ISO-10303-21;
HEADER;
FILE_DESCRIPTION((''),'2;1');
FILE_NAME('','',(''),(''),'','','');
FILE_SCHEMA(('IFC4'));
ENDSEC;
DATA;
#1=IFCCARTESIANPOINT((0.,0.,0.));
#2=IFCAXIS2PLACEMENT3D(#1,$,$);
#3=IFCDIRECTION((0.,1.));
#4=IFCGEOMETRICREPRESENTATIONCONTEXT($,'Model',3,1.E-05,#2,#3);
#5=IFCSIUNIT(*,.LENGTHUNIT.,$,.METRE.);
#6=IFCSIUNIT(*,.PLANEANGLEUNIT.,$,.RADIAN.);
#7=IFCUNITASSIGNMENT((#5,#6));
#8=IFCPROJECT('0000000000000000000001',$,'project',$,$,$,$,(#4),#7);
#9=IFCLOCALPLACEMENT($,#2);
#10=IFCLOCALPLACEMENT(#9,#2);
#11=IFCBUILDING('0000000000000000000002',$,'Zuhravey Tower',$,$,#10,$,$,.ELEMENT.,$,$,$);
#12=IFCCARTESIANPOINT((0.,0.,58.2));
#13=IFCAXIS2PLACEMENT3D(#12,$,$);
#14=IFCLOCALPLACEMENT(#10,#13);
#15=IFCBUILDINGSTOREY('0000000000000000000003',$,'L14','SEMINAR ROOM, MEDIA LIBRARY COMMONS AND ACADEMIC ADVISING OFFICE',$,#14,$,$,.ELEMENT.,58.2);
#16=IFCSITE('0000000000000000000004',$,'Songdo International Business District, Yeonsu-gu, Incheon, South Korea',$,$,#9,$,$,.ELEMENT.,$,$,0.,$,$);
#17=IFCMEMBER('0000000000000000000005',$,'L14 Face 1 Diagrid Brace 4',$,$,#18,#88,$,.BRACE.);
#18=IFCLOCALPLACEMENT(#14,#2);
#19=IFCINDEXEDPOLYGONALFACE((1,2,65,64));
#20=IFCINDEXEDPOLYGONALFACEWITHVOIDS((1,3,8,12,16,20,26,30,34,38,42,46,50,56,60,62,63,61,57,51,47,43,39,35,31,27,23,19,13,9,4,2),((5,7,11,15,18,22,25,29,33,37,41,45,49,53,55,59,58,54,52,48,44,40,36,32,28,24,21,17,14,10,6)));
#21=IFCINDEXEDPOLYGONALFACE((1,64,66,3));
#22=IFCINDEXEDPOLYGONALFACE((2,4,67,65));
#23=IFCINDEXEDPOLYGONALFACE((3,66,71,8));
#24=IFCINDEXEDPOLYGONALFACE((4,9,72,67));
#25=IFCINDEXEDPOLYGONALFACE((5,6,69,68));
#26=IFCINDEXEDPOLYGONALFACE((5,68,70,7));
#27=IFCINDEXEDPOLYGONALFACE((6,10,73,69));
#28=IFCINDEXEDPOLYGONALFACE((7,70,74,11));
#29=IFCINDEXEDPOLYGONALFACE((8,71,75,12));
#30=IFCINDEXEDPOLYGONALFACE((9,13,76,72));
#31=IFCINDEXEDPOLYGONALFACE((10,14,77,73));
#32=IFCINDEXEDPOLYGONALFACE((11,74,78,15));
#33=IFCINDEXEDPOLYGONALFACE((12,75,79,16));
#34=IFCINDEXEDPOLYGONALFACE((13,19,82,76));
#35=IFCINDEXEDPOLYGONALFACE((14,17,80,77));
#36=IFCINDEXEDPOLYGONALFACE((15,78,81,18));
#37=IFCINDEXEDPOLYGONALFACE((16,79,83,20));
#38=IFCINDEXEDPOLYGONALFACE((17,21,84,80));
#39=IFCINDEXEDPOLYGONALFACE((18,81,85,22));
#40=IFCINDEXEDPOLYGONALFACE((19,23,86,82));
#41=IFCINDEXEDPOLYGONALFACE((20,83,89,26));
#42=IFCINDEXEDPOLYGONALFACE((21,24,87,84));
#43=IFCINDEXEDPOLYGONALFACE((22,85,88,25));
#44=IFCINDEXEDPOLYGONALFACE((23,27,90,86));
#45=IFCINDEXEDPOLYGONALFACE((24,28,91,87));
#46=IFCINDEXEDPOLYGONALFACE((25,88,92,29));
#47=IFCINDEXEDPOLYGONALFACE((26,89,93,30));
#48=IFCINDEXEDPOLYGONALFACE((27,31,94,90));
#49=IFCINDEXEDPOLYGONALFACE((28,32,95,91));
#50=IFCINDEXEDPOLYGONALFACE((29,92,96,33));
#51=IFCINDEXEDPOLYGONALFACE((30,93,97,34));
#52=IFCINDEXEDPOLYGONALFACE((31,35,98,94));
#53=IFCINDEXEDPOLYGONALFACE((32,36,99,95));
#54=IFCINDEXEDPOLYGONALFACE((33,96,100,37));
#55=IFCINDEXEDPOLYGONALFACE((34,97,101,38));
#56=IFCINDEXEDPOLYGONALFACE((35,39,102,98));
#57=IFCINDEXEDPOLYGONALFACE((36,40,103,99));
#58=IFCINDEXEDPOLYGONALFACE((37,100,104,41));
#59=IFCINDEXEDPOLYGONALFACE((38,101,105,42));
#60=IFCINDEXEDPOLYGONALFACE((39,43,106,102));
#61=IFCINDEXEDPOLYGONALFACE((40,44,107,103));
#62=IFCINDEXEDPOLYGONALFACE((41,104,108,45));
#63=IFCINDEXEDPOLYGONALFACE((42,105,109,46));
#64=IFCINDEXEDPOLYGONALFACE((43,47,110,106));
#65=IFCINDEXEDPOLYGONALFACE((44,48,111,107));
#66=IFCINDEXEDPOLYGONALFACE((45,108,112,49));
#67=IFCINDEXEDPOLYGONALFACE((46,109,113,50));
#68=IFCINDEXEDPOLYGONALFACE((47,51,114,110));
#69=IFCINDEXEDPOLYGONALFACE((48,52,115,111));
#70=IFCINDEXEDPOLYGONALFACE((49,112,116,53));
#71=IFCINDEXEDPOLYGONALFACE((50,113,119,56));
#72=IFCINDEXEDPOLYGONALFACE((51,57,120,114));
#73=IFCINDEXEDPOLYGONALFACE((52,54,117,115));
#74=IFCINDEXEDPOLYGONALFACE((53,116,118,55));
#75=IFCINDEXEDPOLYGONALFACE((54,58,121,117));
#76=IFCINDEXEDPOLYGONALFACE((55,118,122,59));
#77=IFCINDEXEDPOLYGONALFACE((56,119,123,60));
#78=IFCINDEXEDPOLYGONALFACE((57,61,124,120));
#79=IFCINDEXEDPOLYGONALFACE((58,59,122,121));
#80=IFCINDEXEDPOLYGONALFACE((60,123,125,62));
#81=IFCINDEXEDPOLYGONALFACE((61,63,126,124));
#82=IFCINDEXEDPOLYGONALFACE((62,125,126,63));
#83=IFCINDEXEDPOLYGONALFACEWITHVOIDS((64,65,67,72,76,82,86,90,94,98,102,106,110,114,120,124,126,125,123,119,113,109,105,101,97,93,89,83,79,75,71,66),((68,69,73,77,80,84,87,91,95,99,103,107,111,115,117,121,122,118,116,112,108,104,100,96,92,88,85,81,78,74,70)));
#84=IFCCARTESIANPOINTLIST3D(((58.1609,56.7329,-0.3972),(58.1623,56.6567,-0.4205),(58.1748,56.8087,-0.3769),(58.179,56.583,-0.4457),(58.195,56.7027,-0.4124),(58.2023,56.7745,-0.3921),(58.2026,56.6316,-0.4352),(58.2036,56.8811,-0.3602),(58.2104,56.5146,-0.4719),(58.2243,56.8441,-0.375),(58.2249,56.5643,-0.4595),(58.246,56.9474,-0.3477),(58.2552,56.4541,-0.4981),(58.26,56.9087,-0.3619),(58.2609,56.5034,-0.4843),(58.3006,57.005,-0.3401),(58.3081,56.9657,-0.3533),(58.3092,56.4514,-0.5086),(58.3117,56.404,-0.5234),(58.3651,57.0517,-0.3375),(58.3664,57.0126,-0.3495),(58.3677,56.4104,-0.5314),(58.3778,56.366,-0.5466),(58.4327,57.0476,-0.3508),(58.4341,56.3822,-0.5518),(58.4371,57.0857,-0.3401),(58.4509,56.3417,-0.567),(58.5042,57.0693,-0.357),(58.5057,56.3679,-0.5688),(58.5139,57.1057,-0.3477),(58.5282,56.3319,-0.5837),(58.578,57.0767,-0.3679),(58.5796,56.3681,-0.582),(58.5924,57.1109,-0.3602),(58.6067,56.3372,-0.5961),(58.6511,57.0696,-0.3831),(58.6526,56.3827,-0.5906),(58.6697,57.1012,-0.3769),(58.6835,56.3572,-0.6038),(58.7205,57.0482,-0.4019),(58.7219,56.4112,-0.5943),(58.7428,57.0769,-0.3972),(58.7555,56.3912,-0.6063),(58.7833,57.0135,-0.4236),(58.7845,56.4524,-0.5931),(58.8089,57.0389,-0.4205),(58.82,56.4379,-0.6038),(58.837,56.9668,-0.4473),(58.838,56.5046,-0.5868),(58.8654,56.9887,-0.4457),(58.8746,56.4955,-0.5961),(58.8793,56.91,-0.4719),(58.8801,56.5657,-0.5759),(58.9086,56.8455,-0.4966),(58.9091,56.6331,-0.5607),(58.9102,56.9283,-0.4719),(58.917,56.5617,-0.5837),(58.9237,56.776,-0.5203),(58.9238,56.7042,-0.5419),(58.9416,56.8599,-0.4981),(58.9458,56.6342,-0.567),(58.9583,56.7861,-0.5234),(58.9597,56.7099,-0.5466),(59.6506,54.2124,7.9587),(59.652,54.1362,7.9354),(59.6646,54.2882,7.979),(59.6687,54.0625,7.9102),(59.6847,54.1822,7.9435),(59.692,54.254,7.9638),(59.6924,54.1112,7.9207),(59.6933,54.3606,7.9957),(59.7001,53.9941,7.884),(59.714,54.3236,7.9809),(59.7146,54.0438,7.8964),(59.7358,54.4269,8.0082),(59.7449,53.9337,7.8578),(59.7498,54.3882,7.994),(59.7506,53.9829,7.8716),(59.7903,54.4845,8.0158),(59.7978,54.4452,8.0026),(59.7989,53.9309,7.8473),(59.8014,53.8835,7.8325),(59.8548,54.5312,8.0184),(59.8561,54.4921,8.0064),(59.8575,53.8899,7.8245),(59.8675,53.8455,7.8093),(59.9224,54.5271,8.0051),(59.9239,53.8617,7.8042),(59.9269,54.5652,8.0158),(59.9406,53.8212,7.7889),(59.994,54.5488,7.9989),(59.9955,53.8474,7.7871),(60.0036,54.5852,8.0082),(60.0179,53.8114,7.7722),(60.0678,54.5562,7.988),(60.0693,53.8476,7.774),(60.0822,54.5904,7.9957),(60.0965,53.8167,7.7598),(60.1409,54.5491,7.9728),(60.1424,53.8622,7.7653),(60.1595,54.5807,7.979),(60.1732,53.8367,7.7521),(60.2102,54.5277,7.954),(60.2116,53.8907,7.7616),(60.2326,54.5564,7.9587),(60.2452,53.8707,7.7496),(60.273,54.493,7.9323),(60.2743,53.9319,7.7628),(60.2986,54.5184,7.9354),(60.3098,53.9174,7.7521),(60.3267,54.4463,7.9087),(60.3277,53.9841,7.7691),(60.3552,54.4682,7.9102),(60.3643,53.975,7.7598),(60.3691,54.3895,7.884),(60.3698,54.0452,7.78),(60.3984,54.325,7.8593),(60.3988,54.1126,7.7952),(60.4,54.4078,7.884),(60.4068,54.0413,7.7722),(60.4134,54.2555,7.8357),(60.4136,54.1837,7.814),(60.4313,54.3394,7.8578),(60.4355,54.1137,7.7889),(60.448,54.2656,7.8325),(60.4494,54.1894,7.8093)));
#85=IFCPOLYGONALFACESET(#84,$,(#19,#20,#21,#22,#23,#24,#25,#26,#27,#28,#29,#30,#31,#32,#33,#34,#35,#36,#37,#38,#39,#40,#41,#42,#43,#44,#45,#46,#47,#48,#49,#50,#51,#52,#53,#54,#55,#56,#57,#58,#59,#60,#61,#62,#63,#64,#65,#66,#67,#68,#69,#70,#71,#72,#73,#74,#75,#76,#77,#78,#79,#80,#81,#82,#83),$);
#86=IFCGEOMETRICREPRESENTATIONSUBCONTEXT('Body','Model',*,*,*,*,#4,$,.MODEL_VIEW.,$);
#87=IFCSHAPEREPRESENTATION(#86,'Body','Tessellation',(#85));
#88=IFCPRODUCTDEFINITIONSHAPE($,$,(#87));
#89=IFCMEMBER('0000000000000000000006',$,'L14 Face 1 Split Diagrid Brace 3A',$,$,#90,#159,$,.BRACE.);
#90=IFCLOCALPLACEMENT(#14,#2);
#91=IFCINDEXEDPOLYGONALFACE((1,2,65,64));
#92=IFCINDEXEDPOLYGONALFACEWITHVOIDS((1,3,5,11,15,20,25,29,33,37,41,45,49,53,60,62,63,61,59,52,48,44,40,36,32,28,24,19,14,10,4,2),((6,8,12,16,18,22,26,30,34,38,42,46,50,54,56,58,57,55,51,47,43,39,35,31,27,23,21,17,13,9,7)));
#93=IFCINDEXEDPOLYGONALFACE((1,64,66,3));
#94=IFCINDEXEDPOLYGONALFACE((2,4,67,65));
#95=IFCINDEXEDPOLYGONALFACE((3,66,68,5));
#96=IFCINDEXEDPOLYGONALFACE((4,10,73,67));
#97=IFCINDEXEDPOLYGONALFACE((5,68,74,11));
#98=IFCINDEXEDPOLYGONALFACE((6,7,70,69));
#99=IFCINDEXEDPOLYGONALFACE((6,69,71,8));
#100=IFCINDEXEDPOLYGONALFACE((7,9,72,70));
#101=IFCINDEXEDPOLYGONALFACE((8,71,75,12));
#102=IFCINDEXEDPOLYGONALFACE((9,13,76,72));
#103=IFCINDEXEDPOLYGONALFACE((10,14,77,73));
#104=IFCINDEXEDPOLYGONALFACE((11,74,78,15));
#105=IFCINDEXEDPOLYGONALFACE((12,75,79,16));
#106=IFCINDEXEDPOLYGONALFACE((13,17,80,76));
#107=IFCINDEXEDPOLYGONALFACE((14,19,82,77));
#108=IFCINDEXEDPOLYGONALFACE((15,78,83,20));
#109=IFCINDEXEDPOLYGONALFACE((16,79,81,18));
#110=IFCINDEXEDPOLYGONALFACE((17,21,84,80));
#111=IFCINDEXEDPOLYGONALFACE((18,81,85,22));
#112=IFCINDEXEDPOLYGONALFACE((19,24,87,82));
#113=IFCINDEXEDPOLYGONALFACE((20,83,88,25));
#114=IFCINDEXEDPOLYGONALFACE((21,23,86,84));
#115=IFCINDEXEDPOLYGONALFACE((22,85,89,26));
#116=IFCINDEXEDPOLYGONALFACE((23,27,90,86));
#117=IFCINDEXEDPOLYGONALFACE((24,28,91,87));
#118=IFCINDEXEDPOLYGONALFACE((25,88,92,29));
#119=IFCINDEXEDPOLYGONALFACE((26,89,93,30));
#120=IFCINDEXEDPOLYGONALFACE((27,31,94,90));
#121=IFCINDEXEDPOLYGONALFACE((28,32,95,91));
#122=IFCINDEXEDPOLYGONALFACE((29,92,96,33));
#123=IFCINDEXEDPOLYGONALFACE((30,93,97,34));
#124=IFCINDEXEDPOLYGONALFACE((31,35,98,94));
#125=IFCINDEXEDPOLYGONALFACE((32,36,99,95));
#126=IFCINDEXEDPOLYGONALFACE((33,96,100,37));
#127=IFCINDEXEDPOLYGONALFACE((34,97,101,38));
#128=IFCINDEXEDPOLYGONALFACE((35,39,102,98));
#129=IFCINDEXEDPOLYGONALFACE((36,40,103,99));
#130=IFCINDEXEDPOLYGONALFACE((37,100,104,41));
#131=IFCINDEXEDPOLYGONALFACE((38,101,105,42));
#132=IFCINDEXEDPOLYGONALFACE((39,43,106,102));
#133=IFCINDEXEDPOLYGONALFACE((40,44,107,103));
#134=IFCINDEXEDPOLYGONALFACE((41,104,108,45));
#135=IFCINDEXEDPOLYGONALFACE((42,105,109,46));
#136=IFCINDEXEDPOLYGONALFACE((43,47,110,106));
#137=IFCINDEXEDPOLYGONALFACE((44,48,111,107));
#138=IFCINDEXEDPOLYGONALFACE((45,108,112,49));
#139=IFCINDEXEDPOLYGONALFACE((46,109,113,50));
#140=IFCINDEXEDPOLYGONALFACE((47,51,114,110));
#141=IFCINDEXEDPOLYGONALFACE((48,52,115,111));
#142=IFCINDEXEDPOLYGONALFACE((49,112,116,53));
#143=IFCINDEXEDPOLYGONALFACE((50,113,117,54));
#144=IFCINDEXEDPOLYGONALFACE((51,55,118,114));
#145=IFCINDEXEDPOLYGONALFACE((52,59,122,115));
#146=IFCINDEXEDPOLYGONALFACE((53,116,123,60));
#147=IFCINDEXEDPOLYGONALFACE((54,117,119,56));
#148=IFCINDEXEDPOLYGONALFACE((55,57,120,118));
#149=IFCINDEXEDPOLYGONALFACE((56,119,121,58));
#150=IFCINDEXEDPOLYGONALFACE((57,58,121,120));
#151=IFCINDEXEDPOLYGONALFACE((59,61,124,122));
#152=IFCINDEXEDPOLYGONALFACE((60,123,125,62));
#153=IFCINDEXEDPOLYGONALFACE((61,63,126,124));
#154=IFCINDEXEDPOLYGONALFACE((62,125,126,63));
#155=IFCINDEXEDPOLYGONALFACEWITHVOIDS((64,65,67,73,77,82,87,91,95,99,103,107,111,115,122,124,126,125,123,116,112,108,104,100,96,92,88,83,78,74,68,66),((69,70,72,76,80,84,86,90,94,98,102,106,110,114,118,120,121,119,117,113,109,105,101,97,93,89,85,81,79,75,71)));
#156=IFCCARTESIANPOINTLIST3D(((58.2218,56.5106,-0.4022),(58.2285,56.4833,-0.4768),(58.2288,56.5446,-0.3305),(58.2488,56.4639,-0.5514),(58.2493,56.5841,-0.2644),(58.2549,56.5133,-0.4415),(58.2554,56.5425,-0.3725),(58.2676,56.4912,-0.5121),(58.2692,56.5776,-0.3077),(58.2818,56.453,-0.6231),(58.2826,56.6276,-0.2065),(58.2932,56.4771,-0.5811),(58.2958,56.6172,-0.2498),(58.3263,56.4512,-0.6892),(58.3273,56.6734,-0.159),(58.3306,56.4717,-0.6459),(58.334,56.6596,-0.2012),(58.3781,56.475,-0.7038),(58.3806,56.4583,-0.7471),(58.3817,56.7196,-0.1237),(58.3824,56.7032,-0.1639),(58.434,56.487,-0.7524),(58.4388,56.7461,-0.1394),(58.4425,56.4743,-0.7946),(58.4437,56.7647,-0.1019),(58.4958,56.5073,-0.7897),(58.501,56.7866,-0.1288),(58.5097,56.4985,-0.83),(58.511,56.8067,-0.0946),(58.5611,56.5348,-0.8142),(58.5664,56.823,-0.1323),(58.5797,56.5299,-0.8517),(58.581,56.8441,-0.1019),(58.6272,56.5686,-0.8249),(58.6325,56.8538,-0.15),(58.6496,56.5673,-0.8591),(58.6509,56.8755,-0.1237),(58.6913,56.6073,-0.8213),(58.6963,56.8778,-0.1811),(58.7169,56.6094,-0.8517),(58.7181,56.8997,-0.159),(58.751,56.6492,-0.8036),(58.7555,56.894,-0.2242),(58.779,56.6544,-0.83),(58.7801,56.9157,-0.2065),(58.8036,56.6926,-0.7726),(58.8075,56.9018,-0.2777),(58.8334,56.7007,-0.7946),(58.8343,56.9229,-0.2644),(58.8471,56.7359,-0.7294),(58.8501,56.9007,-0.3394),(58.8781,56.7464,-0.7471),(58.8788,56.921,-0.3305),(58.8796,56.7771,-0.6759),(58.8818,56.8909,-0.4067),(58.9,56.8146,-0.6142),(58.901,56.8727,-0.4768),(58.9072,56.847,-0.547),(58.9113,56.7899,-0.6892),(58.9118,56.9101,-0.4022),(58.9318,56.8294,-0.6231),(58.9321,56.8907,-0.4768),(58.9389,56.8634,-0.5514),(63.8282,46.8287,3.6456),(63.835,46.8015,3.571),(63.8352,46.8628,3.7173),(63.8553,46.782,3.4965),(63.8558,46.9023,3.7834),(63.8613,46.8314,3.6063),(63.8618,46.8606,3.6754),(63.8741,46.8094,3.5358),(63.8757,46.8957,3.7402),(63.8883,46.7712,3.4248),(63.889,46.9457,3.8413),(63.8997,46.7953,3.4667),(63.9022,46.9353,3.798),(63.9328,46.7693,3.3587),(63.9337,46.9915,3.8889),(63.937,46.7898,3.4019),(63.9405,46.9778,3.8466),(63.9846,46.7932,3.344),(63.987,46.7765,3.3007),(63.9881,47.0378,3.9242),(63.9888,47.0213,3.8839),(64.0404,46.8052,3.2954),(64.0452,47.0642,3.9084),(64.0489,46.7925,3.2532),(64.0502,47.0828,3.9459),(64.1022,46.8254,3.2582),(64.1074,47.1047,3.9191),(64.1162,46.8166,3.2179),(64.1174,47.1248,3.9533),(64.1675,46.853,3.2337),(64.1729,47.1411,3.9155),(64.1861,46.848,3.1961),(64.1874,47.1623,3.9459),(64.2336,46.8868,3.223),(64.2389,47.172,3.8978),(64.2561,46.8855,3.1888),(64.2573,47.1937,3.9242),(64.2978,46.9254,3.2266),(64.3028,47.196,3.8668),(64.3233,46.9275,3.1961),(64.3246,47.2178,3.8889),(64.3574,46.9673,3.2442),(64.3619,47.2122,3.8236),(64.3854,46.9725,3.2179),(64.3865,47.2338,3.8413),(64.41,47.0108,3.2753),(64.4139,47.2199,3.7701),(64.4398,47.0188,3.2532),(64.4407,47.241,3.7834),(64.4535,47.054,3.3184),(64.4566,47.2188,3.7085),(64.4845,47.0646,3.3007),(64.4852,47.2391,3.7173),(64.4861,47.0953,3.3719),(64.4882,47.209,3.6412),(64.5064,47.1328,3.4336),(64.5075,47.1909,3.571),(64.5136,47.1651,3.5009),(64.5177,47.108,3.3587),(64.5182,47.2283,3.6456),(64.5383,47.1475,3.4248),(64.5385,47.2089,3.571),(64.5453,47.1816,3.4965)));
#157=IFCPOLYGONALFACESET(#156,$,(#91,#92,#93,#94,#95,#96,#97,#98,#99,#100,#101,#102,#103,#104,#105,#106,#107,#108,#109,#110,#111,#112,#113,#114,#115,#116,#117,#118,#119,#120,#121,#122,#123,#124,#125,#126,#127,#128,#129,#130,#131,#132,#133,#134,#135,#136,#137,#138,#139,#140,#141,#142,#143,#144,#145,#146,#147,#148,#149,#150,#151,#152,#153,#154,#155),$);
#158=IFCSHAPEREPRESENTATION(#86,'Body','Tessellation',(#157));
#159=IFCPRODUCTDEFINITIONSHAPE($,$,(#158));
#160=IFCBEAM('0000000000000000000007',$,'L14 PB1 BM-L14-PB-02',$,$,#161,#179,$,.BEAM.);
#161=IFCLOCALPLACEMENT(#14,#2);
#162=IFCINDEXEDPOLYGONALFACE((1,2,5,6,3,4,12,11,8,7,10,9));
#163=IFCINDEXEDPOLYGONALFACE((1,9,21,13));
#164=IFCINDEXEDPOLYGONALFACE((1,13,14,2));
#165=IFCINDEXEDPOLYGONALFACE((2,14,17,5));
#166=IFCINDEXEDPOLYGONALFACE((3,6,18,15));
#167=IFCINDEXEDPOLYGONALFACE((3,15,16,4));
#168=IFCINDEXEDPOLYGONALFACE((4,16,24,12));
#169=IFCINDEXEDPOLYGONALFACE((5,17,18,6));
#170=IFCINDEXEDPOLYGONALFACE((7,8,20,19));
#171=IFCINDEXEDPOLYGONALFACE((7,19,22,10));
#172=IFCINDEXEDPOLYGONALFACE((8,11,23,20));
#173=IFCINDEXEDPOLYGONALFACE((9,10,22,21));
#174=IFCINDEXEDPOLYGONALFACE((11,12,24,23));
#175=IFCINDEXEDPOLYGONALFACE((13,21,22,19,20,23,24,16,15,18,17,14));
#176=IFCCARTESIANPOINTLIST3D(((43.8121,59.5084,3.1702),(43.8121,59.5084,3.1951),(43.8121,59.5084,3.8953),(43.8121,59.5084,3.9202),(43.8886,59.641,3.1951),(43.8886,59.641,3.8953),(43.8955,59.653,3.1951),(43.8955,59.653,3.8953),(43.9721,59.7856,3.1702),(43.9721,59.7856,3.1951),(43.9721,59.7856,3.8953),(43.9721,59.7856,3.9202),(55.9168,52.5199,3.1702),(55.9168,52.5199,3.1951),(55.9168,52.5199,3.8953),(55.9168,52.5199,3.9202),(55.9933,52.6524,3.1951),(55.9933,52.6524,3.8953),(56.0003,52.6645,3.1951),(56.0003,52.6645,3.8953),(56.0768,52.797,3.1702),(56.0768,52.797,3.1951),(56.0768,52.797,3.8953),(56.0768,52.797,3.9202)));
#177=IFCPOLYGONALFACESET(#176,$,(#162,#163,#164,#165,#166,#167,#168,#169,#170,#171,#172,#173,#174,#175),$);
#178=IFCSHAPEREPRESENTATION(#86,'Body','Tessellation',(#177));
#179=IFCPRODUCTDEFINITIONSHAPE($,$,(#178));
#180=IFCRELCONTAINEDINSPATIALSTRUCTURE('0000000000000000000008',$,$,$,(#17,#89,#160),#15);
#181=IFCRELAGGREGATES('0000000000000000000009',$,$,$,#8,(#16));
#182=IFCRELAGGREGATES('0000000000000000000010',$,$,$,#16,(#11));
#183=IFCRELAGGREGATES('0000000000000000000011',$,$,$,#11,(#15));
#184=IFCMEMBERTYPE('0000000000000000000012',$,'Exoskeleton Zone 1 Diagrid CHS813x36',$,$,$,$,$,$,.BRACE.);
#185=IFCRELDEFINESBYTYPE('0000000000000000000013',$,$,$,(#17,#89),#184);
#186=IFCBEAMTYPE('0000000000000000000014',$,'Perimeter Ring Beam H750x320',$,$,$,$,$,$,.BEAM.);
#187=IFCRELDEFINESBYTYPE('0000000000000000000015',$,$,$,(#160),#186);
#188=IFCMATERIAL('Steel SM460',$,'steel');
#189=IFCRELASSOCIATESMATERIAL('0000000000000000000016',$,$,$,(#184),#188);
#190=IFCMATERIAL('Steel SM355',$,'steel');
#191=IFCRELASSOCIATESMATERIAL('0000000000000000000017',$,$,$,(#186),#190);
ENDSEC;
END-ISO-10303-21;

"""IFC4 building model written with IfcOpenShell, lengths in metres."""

from ifc_helpers import new_model, si_unit, direction, frame, origin, origin_2d, place, context, subcontext, project, spatial, hollow_circle, i_section, extrude, material, material_profile, profile_set, type_object, element, save


model = new_model("IFC4")

# Units and contexts
model_context = context("Model", 3, precision=1e-05, world=origin(), true_north=direction((0.0, 1.0)))
body_context = subcontext(model_context, "Body", "Model", "MODEL_VIEW")
ifc_project = project(units=[si_unit("LENGTHUNIT", "METRE"), si_unit("PLANEANGLEUNIT", "RADIAN")], contexts=[model_context])

# Site, building, storey
site_placement = place(None, origin())
site = spatial("IfcSite", under=ifc_project, at=site_placement, Name="Songdo International Business District, Yeonsu-gu, Incheon, South Korea", CompositionType="ELEMENT", RefElevation=0.0)
building_placement = place(site_placement, origin())
building = spatial("IfcBuilding", under=site, at=building_placement, Name="Zuhravey Tower", CompositionType="ELEMENT")
storey_placement = place(building_placement, frame((0.0, 0.0, 58.2)))
storey = spatial("IfcBuildingStorey", under=building, at=storey_placement, Name="L14", Description="SEMINAR ROOM, MEDIA LIBRARY COMMONS AND ACADEMIC ADVISING OFFICE", CompositionType="ELEMENT", Elevation=58.2)

# Members
ifc_material_1 = material(Name="Steel SM460", Category="steel")
ifc_material_profile_1 = material_profile(ifc_material_1, hollow_circle(Radius=0.4065, WallThickness=0.0359, at=origin_2d()), Name="CHS-812.8x36")
ifc_profile_set_1 = profile_set([ifc_material_profile_1], Name="Steel SM460")
member_type_1 = type_object("IfcMemberType", Name="Exoskeleton Zone 1 Diagrid CHS813x36", PredefinedType="BRACE", material=ifc_profile_set_1)
member_1_placement = place(storey_placement, frame((58.5603, 56.7214, -0.4719), z_axis=(0.168256, -0.284673, 0.943743), x_axis=(0.860873, 0.508819, 0.0)))
element("IfcMember", 1, at=member_1_placement, inside=storey, type_object=member_type_1, Name="L14 Face 1 Diagrid Brace 4", PredefinedType="BRACE", context=body_context, shape_type="SweptSolid", body=[
    extrude(hollow_circle(Radius=0.4065, WallThickness=0.0359, at=origin_2d()), origin(), (0.0, 0.0, 1.0), 8.854),
])
member_2_placement = place(storey_placement, frame((58.5803, 56.687, -0.4768), z_axis=(0.471219, -0.813758, 0.34022), x_axis=(0.865382, 0.501113, 0.0)))
element("IfcMember", 2, at=member_2_placement, inside=storey, type_object=member_type_1, Name="L14 Face 1 Split Diagrid Brace 3A", PredefinedType="BRACE", context=body_context, shape_type="SweptSolid", body=[
    extrude(hollow_circle(Radius=0.4065, WallThickness=0.0359, at=origin_2d()), origin(), (0.0, 0.0, 1.0), 11.8977),
])

# Beam
ifc_material_2 = material(Name="Steel SM355", Category="steel")
ifc_material_profile_2 = material_profile(ifc_material_2, i_section(OverallWidth=0.3201, OverallDepth=0.75, WebThickness=0.0139, FlangeThickness=0.0249, at=origin_2d()), Name="H-750x320x14x25")
ifc_profile_set_2 = profile_set([ifc_material_profile_2], Name="Steel SM355")
beam_type_1 = type_object("IfcBeamType", Name="Perimeter Ring Beam H750x320", PredefinedType="BEAM", material=ifc_profile_set_2)
beam_1_placement = place(storey_placement, frame((55.9968, 52.6584, 3.5452), z_axis=(-0.86603, 0.499992, 0.0), x_axis=(-0.499992, -0.86603, 0.0)))
element("IfcBeam", 3, at=beam_1_placement, inside=storey, type_object=beam_type_1, Name="L14 PB1 BM-L14-PB-02", PredefinedType="BEAM", context=body_context, shape_type="SweptSolid", body=[
    extrude(i_section(OverallWidth=0.3201, OverallDepth=0.75, WebThickness=0.0139, FlangeThickness=0.0249, at=origin_2d()), origin(), (0.0, 0.0, 1.0), 13.9773),
])

save(model, "model.ifc")
